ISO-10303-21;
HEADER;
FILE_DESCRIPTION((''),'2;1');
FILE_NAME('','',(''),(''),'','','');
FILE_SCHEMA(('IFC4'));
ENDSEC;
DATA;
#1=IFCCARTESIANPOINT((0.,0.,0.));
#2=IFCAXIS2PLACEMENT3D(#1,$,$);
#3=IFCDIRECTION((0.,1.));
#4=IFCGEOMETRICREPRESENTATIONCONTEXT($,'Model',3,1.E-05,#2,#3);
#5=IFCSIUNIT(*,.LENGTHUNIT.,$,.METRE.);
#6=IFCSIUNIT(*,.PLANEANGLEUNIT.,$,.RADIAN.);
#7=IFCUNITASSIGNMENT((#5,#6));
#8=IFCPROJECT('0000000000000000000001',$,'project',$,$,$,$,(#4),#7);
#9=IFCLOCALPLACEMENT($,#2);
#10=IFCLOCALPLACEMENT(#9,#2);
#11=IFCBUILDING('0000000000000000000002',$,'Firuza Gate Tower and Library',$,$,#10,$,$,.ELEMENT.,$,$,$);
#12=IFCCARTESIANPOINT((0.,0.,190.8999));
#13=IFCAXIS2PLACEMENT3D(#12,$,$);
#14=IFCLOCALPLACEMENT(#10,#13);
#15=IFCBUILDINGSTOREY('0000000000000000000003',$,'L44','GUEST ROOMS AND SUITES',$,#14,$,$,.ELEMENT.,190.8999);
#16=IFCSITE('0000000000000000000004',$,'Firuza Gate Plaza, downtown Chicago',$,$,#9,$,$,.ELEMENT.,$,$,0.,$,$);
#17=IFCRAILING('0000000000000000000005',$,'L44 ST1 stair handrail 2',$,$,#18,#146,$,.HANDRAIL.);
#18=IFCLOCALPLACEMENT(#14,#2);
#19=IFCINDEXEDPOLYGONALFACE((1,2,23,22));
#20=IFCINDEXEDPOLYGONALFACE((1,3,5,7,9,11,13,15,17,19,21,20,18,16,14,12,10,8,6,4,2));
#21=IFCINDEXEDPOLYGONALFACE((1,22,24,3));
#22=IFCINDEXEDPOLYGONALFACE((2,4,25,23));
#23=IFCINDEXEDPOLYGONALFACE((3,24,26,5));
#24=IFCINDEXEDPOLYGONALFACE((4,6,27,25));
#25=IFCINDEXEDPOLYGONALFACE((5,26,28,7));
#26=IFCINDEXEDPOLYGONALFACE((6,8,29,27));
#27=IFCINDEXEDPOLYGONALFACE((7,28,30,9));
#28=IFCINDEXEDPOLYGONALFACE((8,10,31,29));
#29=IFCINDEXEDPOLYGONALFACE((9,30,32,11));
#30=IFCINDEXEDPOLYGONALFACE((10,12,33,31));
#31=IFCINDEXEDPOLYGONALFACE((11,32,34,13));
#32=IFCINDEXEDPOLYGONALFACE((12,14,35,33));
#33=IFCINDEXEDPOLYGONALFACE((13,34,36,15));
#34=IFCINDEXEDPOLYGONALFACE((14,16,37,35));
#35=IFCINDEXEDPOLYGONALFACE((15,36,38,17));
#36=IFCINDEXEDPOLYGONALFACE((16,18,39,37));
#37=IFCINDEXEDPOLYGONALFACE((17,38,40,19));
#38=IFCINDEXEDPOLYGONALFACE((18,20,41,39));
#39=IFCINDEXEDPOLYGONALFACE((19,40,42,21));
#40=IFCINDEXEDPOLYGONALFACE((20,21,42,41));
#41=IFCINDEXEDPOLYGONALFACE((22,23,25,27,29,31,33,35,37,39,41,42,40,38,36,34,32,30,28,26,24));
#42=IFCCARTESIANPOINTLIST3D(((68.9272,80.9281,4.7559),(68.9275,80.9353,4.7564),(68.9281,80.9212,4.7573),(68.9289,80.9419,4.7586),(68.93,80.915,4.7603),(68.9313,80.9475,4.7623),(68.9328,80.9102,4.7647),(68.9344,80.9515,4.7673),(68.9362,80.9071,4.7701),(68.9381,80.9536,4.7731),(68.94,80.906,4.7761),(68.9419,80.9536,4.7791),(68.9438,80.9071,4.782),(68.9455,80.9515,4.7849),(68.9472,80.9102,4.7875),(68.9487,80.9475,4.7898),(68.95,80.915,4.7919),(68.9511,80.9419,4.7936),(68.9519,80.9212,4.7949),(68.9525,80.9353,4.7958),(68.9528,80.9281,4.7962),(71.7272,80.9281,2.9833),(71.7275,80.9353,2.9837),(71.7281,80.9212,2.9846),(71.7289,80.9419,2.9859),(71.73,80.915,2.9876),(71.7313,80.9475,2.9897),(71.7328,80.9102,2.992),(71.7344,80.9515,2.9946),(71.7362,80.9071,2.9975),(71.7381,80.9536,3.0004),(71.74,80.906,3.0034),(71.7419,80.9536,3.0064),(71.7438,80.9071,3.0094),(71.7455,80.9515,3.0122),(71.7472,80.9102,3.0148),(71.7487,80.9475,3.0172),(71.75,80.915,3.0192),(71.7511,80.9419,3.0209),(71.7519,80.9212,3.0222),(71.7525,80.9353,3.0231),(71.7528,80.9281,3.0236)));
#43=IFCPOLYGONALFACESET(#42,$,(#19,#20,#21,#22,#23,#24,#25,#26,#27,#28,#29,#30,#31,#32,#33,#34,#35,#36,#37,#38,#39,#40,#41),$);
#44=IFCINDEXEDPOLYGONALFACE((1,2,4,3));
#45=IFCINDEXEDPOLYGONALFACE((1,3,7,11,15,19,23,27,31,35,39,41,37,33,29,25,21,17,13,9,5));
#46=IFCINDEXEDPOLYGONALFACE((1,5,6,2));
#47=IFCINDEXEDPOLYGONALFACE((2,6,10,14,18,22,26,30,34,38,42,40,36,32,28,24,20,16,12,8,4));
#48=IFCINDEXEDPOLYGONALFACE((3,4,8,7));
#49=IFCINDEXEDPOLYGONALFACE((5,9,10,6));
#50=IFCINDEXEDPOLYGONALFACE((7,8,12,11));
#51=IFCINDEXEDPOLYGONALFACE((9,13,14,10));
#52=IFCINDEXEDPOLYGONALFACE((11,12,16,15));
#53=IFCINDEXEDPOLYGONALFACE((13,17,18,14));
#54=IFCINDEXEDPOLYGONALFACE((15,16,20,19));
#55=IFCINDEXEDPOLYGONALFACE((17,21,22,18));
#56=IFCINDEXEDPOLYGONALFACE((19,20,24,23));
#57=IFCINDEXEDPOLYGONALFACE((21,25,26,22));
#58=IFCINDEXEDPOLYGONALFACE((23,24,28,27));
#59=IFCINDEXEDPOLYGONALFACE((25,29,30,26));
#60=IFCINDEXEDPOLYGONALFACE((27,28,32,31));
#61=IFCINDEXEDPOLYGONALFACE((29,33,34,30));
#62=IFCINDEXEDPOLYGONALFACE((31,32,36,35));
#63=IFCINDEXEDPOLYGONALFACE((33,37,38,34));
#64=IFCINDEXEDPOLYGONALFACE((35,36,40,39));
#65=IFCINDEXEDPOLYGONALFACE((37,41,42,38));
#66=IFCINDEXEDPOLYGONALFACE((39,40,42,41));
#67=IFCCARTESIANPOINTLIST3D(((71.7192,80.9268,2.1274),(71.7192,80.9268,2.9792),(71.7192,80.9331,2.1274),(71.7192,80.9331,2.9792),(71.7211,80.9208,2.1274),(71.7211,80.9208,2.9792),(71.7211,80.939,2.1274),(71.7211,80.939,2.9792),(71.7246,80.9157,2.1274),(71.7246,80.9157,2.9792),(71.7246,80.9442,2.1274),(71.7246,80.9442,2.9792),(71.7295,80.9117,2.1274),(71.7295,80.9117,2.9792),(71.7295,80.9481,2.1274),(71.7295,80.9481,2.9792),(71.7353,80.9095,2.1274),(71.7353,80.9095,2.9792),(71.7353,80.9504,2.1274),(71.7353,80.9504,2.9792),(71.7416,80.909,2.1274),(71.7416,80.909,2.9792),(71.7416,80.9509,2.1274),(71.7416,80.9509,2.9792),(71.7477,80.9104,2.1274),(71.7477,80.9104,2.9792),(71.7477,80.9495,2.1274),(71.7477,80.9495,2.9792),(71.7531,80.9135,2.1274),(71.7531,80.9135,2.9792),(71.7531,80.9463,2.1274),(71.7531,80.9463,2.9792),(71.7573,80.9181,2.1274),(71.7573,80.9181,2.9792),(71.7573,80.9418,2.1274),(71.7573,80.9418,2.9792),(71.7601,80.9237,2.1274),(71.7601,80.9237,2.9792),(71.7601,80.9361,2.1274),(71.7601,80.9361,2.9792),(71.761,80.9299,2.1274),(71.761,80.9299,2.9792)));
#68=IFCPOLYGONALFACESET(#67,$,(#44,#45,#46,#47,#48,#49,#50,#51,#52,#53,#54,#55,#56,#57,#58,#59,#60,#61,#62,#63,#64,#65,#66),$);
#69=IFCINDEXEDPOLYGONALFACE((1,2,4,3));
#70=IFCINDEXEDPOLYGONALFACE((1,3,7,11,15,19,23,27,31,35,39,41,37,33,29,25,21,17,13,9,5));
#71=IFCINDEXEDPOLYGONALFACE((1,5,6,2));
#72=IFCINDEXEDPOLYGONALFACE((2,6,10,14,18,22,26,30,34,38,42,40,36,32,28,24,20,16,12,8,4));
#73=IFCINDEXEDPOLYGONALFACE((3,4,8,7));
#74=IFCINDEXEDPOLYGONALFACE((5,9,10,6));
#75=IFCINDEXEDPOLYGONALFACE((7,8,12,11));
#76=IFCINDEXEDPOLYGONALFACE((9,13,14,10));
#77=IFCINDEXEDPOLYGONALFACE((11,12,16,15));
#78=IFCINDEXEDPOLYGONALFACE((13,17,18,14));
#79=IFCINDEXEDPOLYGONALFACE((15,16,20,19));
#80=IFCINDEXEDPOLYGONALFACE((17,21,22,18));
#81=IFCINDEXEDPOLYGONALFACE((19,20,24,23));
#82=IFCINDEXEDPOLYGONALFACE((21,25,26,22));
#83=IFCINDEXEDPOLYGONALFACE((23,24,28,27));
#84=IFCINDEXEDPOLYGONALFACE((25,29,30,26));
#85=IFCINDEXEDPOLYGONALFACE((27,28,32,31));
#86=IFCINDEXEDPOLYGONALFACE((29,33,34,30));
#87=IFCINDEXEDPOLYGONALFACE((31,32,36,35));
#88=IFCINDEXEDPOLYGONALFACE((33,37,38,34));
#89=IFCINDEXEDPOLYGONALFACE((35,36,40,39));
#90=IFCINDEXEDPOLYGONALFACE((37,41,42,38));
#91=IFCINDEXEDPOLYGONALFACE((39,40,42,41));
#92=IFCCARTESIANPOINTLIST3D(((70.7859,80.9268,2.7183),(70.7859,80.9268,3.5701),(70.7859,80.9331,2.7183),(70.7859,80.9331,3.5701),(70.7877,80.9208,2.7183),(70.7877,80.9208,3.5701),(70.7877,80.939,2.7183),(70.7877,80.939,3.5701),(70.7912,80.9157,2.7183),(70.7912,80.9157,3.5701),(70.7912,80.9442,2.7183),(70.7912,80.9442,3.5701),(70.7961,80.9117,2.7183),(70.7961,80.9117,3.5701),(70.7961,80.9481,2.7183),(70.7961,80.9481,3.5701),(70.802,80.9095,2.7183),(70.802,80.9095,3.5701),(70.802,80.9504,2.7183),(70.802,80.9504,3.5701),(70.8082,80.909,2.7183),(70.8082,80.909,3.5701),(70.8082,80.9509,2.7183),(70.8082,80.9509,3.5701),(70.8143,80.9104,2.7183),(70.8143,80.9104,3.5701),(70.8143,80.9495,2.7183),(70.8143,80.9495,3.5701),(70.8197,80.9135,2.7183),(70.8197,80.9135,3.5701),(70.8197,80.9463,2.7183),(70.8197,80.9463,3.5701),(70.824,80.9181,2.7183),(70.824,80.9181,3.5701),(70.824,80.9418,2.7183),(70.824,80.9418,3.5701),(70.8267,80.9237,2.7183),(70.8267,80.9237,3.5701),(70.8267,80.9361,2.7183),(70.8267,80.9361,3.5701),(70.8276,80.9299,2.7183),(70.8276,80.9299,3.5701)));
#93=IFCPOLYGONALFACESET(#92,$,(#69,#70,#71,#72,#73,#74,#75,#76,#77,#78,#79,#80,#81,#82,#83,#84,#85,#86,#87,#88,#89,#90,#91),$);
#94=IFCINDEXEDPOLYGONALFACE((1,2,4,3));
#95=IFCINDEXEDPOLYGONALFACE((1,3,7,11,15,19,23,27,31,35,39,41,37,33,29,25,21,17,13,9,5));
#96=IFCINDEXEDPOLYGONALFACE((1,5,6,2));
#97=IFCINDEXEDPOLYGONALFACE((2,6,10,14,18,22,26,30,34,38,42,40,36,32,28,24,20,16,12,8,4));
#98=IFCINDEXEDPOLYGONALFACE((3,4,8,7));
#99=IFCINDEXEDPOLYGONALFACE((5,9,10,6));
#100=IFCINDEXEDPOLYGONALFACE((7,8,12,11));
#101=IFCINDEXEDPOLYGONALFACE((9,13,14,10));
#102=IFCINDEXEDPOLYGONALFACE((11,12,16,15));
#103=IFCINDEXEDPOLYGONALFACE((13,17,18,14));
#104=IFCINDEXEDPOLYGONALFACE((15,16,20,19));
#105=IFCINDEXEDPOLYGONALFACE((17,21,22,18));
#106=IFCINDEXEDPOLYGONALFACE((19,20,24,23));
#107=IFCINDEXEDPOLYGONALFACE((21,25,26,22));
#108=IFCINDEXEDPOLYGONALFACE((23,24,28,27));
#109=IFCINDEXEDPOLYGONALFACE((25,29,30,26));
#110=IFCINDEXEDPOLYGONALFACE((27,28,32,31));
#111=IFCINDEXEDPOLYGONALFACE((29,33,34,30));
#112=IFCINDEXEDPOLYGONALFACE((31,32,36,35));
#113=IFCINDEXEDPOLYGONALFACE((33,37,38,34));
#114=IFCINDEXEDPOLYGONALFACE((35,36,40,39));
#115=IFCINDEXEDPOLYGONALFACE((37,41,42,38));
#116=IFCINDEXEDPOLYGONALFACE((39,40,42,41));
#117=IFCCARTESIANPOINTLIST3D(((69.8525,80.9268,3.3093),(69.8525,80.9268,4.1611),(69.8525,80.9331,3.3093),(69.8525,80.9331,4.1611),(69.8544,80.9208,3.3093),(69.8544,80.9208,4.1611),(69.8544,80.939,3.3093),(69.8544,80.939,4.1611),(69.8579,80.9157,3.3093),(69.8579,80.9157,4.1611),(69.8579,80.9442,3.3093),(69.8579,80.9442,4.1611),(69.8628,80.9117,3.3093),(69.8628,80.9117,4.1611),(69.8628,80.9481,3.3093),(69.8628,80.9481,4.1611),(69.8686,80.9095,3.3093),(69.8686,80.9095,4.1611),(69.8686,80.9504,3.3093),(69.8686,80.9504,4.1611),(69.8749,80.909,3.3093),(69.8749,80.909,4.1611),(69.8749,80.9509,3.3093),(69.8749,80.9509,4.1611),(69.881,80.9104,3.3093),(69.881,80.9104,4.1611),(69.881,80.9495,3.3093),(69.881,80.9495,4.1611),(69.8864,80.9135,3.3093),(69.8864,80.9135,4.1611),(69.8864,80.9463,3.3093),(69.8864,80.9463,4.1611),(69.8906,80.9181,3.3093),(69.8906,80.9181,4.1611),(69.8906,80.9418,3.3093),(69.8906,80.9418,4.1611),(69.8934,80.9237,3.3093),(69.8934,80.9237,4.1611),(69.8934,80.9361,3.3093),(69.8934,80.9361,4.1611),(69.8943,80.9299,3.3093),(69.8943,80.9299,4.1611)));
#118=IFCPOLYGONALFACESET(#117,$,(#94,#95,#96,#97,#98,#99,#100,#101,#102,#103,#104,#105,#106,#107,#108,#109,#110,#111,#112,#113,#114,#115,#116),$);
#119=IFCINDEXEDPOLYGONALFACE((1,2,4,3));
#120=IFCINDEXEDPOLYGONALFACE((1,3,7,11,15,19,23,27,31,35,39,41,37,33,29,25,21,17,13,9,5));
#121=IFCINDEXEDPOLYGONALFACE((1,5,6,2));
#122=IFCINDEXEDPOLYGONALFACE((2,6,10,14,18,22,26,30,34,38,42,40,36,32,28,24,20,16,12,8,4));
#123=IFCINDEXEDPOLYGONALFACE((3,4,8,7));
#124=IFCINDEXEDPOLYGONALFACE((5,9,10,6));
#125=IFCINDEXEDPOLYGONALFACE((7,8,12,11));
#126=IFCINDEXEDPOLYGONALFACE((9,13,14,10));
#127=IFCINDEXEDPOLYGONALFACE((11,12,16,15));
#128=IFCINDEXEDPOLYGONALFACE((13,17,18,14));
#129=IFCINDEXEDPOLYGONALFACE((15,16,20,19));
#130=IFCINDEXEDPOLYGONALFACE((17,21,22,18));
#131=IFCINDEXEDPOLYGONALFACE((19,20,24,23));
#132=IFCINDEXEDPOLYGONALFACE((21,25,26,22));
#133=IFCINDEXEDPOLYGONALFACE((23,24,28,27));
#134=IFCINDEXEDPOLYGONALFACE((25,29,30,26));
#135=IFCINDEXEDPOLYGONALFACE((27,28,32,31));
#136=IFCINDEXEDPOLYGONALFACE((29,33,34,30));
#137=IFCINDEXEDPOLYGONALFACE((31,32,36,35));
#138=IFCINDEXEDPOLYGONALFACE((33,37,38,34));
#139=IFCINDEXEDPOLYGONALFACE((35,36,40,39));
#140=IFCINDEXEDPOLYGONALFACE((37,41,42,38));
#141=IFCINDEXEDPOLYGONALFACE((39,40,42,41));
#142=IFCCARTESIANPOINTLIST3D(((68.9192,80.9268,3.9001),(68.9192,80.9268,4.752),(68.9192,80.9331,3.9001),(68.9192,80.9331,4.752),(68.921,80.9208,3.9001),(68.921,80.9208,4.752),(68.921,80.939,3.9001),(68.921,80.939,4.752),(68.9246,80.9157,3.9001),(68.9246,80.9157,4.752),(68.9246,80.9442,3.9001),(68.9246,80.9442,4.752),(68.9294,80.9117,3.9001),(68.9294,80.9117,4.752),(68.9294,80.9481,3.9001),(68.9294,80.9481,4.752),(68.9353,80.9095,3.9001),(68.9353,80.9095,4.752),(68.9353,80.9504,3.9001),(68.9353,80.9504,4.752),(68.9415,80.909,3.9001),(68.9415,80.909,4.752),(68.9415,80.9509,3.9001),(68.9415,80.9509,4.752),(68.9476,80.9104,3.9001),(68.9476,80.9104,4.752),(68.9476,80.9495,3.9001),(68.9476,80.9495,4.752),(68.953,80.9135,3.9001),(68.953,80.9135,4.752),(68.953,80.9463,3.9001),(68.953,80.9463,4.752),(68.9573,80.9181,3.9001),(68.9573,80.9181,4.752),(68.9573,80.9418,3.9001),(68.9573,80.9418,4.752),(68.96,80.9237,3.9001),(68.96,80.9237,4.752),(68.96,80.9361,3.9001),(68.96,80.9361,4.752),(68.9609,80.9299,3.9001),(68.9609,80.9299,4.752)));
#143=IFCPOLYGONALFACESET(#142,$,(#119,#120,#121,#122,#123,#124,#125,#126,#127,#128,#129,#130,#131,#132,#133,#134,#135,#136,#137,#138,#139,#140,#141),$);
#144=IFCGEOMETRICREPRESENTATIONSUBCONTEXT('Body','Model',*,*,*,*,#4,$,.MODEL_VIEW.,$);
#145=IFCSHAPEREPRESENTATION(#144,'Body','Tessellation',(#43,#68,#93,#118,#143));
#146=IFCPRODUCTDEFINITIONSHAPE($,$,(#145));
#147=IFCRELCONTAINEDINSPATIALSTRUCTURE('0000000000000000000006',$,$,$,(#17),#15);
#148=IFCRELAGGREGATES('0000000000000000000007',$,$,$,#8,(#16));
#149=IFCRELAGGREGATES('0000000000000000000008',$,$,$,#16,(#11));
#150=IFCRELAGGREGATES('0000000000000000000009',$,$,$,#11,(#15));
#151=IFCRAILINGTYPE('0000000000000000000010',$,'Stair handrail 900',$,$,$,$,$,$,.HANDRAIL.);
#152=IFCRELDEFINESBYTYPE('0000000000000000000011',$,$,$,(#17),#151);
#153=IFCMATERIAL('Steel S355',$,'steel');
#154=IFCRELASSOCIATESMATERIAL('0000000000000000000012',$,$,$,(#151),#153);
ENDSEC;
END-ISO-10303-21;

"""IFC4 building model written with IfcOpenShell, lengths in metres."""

from ifc_helpers import new_model, si_unit, direction, frame, origin, origin_2d, place, context, subcontext, project, spatial, circle, extrude, material, type_object, element, save


model = new_model("IFC4")

# Units and contexts
model_context = context("Model", 3, precision=1e-05, world=origin(), true_north=direction((0.0, 1.0)))
body_context = subcontext(model_context, "Body", "Model", "MODEL_VIEW")
ifc_project = project(units=[si_unit("LENGTHUNIT", "METRE"), si_unit("PLANEANGLEUNIT", "RADIAN")], contexts=[model_context])

# Site, building, storey
site_placement = place(None, origin())
site = spatial("IfcSite", under=ifc_project, at=site_placement, Name="Firuza Gate Plaza, downtown Chicago", CompositionType="ELEMENT", RefElevation=0.0)
building_placement = place(site_placement, origin())
building = spatial("IfcBuilding", under=site, at=building_placement, Name="Firuza Gate Tower and Library", CompositionType="ELEMENT")
storey_placement = place(building_placement, frame((0.0, 0.0, 190.8999)))
storey = spatial("IfcBuildingStorey", under=building, at=storey_placement, Name="L44", Description="GUEST ROOMS AND SUITES", CompositionType="ELEMENT", Elevation=190.8999)

# Railing
ifc_material_1 = material(Name="Steel S355", Category="steel")
railing_type_1 = type_object("IfcRailingType", Name="Stair handrail 900", PredefinedType="HANDRAIL", material=ifc_material_1)
railing_1_placement = place(storey_placement, frame((71.74, 80.9299, 2.1274)))
element("IfcRailing", 1, at=railing_1_placement, inside=storey, type_object=railing_type_1, Name="L44 ST1 stair handrail 2", PredefinedType="HANDRAIL", context=body_context, shape_type="SweptSolid", body=[
    extrude(circle(Radius=0.0239, at=origin_2d()), frame((0.0, 0.0, 0.876), z_axis=(-0.844909, 0.0, 0.53491), x_axis=(0.0, -1.0, 0.0)), (0.0, 0.0, 1.0), 3.314),
    extrude(circle(Radius=0.021, at=origin_2d()), origin(), (0.0, 0.0, 1.0), 0.8518),
    extrude(circle(Radius=0.021, at=origin_2d()), frame((-0.9333, 0.0, 0.5908)), (0.0, 0.0, 1.0), 0.8518),
    extrude(circle(Radius=0.021, at=origin_2d()), frame((-1.8667, 0.0, 1.1819)), (0.0, 0.0, 1.0), 0.8518),
    extrude(circle(Radius=0.021, at=origin_2d()), frame((-2.8, 0.0, 1.7727)), (0.0, 0.0, 1.0), 0.8518),
])

save(model, "model.ifc")
